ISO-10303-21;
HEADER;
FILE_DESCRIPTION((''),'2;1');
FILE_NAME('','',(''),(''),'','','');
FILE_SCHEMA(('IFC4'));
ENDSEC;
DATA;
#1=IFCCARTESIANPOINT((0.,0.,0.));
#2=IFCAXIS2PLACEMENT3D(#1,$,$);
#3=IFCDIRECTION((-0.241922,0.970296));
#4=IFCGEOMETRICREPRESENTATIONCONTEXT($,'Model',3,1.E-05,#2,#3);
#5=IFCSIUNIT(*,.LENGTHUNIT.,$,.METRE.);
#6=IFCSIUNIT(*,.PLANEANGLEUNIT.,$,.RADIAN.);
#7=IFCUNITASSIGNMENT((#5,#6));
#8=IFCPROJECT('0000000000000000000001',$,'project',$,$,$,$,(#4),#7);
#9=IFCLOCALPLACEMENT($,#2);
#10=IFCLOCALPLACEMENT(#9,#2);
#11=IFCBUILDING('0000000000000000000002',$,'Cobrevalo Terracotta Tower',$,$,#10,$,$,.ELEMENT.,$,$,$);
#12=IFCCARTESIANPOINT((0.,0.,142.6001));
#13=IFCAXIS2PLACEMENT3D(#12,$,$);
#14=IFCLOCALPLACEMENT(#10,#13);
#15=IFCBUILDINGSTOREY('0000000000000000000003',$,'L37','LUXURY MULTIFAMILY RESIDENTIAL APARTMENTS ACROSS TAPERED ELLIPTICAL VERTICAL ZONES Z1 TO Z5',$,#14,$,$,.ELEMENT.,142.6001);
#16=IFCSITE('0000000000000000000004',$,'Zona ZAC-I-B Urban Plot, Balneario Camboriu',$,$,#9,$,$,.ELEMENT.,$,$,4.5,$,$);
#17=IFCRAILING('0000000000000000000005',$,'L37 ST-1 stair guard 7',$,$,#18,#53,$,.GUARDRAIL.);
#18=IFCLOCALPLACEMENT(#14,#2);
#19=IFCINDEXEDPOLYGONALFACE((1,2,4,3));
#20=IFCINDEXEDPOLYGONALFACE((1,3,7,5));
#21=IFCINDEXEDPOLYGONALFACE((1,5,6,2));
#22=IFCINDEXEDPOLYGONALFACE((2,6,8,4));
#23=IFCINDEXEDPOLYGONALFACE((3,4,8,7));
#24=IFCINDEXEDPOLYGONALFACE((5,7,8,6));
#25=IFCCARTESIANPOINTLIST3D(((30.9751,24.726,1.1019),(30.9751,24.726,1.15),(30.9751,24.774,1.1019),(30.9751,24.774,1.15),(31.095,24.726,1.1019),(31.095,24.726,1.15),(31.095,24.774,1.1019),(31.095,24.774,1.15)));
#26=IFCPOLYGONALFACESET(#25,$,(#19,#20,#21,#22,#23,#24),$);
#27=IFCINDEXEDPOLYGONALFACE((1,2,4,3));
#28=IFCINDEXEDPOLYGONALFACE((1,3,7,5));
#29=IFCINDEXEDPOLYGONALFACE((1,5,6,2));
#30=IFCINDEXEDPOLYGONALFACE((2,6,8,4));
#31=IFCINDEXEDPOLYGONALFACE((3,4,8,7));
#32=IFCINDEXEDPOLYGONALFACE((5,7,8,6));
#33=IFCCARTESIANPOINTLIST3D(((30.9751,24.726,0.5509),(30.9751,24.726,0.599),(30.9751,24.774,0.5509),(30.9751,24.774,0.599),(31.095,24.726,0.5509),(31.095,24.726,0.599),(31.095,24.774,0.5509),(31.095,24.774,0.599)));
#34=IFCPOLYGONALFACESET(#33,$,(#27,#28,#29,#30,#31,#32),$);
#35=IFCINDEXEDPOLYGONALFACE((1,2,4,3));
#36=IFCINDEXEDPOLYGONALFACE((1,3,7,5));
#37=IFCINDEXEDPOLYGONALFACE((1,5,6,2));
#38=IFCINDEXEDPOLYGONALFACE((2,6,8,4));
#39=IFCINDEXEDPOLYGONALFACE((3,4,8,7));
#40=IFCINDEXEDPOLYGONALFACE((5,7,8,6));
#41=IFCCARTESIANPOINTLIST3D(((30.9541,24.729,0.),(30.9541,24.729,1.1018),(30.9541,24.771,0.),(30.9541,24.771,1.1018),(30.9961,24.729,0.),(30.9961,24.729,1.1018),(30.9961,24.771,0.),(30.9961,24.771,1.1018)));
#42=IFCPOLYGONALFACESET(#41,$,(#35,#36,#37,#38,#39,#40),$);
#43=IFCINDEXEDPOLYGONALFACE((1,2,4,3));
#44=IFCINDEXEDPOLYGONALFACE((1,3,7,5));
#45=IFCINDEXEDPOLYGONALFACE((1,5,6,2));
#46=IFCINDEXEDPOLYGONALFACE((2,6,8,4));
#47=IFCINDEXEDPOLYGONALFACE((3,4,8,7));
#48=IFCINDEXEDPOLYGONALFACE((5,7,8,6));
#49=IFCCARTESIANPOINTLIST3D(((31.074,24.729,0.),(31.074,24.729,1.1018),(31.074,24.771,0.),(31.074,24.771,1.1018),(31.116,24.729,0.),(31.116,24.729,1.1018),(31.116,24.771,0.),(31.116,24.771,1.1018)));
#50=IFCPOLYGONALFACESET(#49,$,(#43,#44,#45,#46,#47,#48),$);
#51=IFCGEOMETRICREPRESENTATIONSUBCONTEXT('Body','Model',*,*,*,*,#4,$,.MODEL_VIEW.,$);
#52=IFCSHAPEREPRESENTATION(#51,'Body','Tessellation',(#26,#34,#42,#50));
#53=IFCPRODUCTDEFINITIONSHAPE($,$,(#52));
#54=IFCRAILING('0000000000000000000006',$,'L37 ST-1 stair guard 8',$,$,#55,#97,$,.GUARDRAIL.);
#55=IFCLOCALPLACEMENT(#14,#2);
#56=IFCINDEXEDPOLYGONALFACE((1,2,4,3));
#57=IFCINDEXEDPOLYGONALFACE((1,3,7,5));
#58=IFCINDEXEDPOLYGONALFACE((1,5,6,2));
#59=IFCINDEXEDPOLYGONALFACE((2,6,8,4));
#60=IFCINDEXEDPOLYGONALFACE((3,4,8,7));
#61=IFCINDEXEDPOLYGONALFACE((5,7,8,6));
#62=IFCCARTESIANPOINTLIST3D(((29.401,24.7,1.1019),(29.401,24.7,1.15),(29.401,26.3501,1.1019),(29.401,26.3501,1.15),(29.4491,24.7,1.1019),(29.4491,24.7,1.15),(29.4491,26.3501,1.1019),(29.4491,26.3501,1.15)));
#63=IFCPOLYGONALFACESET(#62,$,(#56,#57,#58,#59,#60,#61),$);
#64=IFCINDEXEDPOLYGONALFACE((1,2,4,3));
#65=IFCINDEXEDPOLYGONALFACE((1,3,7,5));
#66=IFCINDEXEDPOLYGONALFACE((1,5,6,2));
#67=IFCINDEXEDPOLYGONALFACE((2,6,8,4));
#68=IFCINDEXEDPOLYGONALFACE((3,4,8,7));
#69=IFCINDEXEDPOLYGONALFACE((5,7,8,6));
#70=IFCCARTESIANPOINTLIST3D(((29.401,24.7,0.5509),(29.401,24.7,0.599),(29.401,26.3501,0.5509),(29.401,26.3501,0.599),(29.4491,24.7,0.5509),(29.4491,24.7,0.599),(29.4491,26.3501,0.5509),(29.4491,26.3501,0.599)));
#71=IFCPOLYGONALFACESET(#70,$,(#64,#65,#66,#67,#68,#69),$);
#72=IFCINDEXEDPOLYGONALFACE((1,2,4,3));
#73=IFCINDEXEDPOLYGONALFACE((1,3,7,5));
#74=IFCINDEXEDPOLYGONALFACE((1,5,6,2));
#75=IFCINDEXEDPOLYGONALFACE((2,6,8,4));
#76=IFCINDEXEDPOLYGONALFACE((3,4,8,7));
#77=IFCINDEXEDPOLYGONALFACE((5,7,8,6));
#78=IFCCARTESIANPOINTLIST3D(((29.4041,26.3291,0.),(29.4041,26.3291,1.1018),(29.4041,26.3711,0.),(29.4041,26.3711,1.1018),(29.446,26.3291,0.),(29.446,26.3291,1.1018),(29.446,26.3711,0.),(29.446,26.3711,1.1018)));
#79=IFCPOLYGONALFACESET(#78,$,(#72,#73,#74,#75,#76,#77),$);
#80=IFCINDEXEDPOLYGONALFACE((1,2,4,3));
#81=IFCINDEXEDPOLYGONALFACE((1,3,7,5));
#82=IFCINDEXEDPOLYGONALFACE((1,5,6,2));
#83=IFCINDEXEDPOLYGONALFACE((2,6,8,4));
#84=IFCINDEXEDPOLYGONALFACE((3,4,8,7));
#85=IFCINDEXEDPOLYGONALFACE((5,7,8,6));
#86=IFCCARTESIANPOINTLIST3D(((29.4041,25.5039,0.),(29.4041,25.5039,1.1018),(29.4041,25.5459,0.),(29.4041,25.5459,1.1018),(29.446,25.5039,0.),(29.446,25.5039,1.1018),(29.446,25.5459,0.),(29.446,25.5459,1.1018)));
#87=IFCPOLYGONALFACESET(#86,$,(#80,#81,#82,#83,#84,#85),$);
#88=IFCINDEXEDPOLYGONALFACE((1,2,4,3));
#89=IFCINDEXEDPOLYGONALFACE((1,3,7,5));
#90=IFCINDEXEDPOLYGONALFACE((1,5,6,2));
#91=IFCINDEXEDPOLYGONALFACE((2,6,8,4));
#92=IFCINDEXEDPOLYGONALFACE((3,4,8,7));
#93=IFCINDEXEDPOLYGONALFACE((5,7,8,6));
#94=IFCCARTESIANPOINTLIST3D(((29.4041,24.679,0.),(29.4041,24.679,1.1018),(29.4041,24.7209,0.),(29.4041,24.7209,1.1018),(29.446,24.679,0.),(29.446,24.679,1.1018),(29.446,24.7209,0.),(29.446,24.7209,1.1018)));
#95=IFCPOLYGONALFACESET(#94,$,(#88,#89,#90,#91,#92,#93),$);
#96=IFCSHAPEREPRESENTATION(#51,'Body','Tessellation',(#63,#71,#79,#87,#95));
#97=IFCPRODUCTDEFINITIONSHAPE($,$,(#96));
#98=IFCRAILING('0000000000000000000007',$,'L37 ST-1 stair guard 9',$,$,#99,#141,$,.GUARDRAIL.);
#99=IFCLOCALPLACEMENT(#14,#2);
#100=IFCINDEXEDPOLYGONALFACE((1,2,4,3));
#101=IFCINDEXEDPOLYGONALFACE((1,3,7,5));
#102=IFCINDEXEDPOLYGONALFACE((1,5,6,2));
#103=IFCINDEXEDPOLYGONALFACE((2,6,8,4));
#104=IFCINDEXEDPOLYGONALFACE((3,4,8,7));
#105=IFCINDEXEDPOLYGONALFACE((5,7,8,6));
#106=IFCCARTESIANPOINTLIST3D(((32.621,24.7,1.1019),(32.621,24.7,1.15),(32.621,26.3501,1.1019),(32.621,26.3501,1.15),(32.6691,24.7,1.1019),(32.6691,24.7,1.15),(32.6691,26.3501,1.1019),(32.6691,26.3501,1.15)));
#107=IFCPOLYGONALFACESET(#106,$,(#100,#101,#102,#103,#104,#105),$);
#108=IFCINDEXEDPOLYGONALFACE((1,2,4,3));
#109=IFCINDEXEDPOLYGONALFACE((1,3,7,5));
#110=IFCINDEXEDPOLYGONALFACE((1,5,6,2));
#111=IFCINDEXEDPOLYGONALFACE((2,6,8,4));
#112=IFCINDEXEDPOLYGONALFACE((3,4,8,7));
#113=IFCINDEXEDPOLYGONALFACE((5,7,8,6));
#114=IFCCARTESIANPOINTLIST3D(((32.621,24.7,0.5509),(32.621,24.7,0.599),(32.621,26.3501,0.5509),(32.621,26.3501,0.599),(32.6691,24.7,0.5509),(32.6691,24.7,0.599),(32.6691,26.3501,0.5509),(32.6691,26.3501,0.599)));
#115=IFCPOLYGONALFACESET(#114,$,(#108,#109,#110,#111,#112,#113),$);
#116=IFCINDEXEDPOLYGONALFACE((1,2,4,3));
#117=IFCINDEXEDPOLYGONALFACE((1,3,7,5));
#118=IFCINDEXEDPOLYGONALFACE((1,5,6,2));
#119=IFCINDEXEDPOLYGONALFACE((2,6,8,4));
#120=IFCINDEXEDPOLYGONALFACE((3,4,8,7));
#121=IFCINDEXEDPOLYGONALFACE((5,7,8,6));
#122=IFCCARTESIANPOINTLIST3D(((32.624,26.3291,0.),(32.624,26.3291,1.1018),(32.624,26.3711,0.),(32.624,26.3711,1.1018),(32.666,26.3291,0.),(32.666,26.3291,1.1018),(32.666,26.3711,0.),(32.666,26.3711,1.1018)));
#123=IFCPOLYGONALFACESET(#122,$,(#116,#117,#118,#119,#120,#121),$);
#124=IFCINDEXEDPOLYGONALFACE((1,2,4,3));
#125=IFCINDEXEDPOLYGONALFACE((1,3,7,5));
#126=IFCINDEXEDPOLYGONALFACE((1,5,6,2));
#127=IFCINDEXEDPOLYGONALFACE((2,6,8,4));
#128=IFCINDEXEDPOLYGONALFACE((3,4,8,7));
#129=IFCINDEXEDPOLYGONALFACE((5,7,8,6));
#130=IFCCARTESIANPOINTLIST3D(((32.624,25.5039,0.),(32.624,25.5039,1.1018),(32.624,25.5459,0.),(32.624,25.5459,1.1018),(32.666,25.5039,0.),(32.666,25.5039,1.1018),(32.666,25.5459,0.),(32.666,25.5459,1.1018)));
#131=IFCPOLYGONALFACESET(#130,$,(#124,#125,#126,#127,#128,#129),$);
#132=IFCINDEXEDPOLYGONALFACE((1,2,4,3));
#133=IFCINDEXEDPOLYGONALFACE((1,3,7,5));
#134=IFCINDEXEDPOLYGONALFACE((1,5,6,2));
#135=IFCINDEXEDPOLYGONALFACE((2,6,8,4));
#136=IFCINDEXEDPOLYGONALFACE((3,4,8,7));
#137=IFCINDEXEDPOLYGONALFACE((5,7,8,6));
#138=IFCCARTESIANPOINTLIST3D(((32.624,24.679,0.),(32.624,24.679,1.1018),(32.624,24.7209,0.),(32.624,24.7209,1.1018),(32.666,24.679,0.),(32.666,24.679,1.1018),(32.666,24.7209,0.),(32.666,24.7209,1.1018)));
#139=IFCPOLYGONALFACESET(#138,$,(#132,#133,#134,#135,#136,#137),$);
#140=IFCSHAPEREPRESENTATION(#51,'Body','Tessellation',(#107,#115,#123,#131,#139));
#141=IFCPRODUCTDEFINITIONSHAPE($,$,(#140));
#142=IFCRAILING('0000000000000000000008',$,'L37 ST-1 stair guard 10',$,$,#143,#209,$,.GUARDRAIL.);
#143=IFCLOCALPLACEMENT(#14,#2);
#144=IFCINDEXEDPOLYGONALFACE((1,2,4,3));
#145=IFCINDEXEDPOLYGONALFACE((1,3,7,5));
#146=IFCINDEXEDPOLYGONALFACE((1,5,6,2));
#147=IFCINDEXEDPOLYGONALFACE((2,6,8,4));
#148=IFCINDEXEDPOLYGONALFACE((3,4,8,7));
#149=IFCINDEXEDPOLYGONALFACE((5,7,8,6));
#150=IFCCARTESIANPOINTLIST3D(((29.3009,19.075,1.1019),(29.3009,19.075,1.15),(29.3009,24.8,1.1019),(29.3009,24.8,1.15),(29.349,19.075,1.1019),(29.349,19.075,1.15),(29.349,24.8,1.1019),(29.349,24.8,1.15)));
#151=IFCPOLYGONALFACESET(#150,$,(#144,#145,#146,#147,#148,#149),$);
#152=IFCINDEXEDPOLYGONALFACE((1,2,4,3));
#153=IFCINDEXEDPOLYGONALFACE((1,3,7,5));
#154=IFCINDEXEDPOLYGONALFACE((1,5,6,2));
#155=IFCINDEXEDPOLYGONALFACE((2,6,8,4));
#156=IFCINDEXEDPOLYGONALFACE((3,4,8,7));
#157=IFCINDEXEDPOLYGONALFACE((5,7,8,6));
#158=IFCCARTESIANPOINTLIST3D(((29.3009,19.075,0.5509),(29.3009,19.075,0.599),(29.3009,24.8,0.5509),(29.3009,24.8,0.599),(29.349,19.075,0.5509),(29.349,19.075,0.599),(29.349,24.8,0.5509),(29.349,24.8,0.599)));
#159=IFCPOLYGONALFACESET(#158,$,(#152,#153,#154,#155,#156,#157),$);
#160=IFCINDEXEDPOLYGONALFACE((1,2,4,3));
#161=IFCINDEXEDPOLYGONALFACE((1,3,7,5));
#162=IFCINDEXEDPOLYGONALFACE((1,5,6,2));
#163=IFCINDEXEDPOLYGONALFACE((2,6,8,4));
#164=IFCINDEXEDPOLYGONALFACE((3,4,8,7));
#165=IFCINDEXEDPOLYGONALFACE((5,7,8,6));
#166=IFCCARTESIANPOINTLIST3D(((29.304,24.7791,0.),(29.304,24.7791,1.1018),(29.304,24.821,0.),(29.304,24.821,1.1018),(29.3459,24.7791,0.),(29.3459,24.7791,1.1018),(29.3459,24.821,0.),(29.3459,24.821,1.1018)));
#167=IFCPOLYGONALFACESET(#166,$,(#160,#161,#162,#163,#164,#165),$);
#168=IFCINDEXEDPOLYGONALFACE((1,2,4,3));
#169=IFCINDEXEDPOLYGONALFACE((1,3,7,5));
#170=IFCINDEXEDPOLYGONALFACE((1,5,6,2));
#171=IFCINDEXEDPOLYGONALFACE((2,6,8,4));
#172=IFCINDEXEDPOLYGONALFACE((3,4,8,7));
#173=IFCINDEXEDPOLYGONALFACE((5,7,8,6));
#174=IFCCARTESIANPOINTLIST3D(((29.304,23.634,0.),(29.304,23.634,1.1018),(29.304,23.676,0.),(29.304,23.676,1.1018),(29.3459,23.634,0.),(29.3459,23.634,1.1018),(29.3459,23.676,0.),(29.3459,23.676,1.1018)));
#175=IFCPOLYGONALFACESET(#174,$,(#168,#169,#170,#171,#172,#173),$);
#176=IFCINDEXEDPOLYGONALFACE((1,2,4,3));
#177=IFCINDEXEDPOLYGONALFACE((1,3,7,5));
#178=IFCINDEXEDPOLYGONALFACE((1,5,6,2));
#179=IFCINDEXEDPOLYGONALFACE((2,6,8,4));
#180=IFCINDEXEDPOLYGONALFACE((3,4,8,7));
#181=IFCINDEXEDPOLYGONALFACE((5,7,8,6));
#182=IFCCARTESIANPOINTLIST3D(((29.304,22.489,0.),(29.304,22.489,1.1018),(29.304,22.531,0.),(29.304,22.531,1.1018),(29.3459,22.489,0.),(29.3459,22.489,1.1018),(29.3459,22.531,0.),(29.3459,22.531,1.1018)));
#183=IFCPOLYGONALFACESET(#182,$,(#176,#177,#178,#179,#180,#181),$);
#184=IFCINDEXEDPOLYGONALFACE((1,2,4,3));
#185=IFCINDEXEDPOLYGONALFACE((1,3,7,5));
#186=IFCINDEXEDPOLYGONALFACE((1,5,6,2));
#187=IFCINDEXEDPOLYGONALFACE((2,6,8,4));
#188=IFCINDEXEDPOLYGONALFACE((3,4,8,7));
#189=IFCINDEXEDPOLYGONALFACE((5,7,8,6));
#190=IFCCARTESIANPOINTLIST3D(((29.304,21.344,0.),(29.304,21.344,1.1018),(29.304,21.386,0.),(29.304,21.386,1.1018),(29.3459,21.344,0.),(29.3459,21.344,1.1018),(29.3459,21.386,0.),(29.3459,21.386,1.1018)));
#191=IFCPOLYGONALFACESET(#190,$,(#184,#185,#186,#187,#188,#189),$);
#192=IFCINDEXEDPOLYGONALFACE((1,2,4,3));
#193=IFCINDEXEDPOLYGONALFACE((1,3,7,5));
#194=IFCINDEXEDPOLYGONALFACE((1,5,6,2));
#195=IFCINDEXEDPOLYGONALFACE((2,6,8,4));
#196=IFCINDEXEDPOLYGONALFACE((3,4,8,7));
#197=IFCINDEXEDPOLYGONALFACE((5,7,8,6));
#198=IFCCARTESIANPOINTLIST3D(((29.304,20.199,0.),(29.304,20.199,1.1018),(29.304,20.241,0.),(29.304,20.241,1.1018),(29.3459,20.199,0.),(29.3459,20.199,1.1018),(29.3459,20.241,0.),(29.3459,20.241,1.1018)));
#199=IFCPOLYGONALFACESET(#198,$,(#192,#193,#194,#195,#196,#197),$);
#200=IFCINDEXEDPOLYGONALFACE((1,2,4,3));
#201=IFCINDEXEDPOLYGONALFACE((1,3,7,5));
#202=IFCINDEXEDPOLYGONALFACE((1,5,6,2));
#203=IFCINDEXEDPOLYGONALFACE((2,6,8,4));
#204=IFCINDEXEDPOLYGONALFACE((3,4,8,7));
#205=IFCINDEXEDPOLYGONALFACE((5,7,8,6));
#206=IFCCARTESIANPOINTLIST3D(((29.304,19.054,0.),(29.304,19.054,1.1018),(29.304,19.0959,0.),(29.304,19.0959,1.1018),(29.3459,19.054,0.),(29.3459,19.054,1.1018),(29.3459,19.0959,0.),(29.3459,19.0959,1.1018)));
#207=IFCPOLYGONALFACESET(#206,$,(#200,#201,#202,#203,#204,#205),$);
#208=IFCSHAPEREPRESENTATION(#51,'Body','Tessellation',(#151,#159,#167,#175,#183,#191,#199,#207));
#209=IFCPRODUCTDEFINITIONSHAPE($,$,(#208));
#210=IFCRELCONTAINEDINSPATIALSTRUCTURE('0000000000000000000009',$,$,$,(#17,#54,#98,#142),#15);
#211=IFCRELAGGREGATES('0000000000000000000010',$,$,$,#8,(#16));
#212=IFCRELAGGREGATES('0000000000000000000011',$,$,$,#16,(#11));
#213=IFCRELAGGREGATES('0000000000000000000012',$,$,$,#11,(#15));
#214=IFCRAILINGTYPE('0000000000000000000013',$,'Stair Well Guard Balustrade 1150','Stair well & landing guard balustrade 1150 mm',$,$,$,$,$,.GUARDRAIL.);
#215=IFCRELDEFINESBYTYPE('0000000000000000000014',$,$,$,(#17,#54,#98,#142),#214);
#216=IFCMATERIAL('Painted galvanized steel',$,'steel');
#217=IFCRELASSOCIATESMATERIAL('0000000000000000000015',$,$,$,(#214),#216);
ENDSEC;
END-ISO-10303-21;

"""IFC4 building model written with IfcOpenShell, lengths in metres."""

from ifc_helpers import new_model, si_unit, direction, frame, origin, origin_2d, place, context, subcontext, project, spatial, rectangle, extrude, material, type_object, element, save


model = new_model("IFC4")

# Units and contexts
model_context = context("Model", 3, precision=1e-05, world=origin(), true_north=direction((-0.241922, 0.970296)))
body_context = subcontext(model_context, "Body", "Model", "MODEL_VIEW")
ifc_project = project(units=[si_unit("LENGTHUNIT", "METRE"), si_unit("PLANEANGLEUNIT", "RADIAN")], contexts=[model_context])

# Site, building, storey
site_placement = place(None, origin())
site = spatial("IfcSite", under=ifc_project, at=site_placement, Name="Zona ZAC-I-B Urban Plot, Balneario Camboriu", CompositionType="ELEMENT", RefElevation=4.5)
building_placement = place(site_placement, origin())
building = spatial("IfcBuilding", under=site, at=building_placement, Name="Cobrevalo Terracotta Tower", CompositionType="ELEMENT")
storey_placement = place(building_placement, frame((0.0, 0.0, 142.6001)))
storey = spatial("IfcBuildingStorey", under=building, at=storey_placement, Name="L37", Description="LUXURY MULTIFAMILY RESIDENTIAL APARTMENTS ACROSS TAPERED ELLIPTICAL VERTICAL ZONES Z1 TO Z5", CompositionType="ELEMENT", Elevation=142.6001)

# Railings
ifc_material_1 = material(Name="Painted galvanized steel", Category="steel")
railing_type_1 = type_object("IfcRailingType", Name="Stair Well Guard Balustrade 1150", Description="Stair well & landing guard balustrade 1150 mm", PredefinedType="GUARDRAIL", material=ifc_material_1)
railing_1_placement = place(storey_placement, frame((30.9751, 24.75, 0.0)))
element("IfcRailing", 1, at=railing_1_placement, inside=storey, type_object=railing_type_1, Name="L37 ST-1 stair guard 7", PredefinedType="GUARDRAIL", context=body_context, shape_type="SweptSolid", body=[
    extrude(rectangle(XDim=0.0481, YDim=0.0481, at=origin_2d()), frame((0.0, 0.0, 1.126), z_axis=(1.0, 0.0, 0.0), x_axis=(0.0, 1.0, 0.0)), (0.0, 0.0, 1.0), 0.1199),
    extrude(rectangle(XDim=0.0481, YDim=0.0481, at=origin_2d()), frame((0.0, 0.0, 0.575), z_axis=(1.0, 0.0, 0.0), x_axis=(0.0, 1.0, 0.0)), (0.0, 0.0, 1.0), 0.1199),
    extrude(rectangle(XDim=0.042, YDim=0.042, at=origin_2d()), origin(), (0.0, 0.0, 1.0), 1.1018),
    extrude(rectangle(XDim=0.042, YDim=0.042, at=origin_2d()), frame((0.1199, 0.0, 0.0)), (0.0, 0.0, 1.0), 1.1018),
])
for number, where, name in (
    (2, (29.425, 26.3501, 0.0), "L37 ST-1 stair guard 8"),
    (3, (32.645, 26.3501, 0.0), "L37 ST-1 stair guard 9"),
):
    element("IfcRailing", number, at=place(storey_placement, frame(where)), inside=storey, type_object=railing_type_1, Name=name, PredefinedType="GUARDRAIL", context=body_context, shape_type="SweptSolid", body=[
        extrude(rectangle(XDim=0.0481, YDim=0.0481, at=origin_2d()), frame((0.0, 0.0, 1.126), z_axis=(0.0, -1.0, 0.0), x_axis=(1.0, 0.0, 0.0)), (0.0, 0.0, 1.0), 1.6501),
        extrude(rectangle(XDim=0.0481, YDim=0.0481, at=origin_2d()), frame((0.0, 0.0, 0.575), z_axis=(0.0, -1.0, 0.0), x_axis=(1.0, 0.0, 0.0)), (0.0, 0.0, 1.0), 1.6501),
        extrude(rectangle(XDim=0.042, YDim=0.042, at=origin_2d()), origin(), (0.0, 0.0, 1.0), 1.1018),
        extrude(rectangle(XDim=0.042, YDim=0.042, at=origin_2d()), frame((0.0, -0.8252, 0.0)), (0.0, 0.0, 1.0), 1.1018),
        extrude(rectangle(XDim=0.042, YDim=0.042, at=origin_2d()), frame((0.0, -1.6501, 0.0)), (0.0, 0.0, 1.0), 1.1018),
    ])
for number, where, name in (
    (4, (29.325, 24.8, 0.0), "L37 ST-1 stair guard 10"),
):
    element("IfcRailing", number, at=place(storey_placement, frame(where)), inside=storey, type_object=railing_type_1, Name=name, PredefinedType="GUARDRAIL", context=body_context, shape_type="SweptSolid", body=[
        extrude(rectangle(XDim=0.0481, YDim=0.0481, at=origin_2d()), frame((0.0, 0.0, 1.126), z_axis=(0.0, -1.0, 0.0), x_axis=(1.0, 0.0, 0.0)), (0.0, 0.0, 1.0), 5.7251),
        extrude(rectangle(XDim=0.0481, YDim=0.0481, at=origin_2d()), frame((0.0, 0.0, 0.575), z_axis=(0.0, -1.0, 0.0), x_axis=(1.0, 0.0, 0.0)), (0.0, 0.0, 1.0), 5.7251),
        extrude(rectangle(XDim=0.042, YDim=0.042, at=origin_2d()), origin(), (0.0, 0.0, 1.0), 1.1018),
        extrude(rectangle(XDim=0.042, YDim=0.042, at=origin_2d()), frame((0.0, -1.145, 0.0)), (0.0, 0.0, 1.0), 1.1018),
        extrude(rectangle(XDim=0.042, YDim=0.042, at=origin_2d()), frame((0.0, -2.29, 0.0)), (0.0, 0.0, 1.0), 1.1018),
        extrude(rectangle(XDim=0.042, YDim=0.042, at=origin_2d()), frame((0.0, -3.4351, 0.0)), (0.0, 0.0, 1.0), 1.1018),
        extrude(rectangle(XDim=0.042, YDim=0.042, at=origin_2d()), frame((0.0, -4.5801, 0.0)), (0.0, 0.0, 1.0), 1.1018),
        extrude(rectangle(XDim=0.042, YDim=0.042, at=origin_2d()), frame((0.0, -5.7251, 0.0)), (0.0, 0.0, 1.0), 1.1018),
    ])

save(model, "model.ifc")
